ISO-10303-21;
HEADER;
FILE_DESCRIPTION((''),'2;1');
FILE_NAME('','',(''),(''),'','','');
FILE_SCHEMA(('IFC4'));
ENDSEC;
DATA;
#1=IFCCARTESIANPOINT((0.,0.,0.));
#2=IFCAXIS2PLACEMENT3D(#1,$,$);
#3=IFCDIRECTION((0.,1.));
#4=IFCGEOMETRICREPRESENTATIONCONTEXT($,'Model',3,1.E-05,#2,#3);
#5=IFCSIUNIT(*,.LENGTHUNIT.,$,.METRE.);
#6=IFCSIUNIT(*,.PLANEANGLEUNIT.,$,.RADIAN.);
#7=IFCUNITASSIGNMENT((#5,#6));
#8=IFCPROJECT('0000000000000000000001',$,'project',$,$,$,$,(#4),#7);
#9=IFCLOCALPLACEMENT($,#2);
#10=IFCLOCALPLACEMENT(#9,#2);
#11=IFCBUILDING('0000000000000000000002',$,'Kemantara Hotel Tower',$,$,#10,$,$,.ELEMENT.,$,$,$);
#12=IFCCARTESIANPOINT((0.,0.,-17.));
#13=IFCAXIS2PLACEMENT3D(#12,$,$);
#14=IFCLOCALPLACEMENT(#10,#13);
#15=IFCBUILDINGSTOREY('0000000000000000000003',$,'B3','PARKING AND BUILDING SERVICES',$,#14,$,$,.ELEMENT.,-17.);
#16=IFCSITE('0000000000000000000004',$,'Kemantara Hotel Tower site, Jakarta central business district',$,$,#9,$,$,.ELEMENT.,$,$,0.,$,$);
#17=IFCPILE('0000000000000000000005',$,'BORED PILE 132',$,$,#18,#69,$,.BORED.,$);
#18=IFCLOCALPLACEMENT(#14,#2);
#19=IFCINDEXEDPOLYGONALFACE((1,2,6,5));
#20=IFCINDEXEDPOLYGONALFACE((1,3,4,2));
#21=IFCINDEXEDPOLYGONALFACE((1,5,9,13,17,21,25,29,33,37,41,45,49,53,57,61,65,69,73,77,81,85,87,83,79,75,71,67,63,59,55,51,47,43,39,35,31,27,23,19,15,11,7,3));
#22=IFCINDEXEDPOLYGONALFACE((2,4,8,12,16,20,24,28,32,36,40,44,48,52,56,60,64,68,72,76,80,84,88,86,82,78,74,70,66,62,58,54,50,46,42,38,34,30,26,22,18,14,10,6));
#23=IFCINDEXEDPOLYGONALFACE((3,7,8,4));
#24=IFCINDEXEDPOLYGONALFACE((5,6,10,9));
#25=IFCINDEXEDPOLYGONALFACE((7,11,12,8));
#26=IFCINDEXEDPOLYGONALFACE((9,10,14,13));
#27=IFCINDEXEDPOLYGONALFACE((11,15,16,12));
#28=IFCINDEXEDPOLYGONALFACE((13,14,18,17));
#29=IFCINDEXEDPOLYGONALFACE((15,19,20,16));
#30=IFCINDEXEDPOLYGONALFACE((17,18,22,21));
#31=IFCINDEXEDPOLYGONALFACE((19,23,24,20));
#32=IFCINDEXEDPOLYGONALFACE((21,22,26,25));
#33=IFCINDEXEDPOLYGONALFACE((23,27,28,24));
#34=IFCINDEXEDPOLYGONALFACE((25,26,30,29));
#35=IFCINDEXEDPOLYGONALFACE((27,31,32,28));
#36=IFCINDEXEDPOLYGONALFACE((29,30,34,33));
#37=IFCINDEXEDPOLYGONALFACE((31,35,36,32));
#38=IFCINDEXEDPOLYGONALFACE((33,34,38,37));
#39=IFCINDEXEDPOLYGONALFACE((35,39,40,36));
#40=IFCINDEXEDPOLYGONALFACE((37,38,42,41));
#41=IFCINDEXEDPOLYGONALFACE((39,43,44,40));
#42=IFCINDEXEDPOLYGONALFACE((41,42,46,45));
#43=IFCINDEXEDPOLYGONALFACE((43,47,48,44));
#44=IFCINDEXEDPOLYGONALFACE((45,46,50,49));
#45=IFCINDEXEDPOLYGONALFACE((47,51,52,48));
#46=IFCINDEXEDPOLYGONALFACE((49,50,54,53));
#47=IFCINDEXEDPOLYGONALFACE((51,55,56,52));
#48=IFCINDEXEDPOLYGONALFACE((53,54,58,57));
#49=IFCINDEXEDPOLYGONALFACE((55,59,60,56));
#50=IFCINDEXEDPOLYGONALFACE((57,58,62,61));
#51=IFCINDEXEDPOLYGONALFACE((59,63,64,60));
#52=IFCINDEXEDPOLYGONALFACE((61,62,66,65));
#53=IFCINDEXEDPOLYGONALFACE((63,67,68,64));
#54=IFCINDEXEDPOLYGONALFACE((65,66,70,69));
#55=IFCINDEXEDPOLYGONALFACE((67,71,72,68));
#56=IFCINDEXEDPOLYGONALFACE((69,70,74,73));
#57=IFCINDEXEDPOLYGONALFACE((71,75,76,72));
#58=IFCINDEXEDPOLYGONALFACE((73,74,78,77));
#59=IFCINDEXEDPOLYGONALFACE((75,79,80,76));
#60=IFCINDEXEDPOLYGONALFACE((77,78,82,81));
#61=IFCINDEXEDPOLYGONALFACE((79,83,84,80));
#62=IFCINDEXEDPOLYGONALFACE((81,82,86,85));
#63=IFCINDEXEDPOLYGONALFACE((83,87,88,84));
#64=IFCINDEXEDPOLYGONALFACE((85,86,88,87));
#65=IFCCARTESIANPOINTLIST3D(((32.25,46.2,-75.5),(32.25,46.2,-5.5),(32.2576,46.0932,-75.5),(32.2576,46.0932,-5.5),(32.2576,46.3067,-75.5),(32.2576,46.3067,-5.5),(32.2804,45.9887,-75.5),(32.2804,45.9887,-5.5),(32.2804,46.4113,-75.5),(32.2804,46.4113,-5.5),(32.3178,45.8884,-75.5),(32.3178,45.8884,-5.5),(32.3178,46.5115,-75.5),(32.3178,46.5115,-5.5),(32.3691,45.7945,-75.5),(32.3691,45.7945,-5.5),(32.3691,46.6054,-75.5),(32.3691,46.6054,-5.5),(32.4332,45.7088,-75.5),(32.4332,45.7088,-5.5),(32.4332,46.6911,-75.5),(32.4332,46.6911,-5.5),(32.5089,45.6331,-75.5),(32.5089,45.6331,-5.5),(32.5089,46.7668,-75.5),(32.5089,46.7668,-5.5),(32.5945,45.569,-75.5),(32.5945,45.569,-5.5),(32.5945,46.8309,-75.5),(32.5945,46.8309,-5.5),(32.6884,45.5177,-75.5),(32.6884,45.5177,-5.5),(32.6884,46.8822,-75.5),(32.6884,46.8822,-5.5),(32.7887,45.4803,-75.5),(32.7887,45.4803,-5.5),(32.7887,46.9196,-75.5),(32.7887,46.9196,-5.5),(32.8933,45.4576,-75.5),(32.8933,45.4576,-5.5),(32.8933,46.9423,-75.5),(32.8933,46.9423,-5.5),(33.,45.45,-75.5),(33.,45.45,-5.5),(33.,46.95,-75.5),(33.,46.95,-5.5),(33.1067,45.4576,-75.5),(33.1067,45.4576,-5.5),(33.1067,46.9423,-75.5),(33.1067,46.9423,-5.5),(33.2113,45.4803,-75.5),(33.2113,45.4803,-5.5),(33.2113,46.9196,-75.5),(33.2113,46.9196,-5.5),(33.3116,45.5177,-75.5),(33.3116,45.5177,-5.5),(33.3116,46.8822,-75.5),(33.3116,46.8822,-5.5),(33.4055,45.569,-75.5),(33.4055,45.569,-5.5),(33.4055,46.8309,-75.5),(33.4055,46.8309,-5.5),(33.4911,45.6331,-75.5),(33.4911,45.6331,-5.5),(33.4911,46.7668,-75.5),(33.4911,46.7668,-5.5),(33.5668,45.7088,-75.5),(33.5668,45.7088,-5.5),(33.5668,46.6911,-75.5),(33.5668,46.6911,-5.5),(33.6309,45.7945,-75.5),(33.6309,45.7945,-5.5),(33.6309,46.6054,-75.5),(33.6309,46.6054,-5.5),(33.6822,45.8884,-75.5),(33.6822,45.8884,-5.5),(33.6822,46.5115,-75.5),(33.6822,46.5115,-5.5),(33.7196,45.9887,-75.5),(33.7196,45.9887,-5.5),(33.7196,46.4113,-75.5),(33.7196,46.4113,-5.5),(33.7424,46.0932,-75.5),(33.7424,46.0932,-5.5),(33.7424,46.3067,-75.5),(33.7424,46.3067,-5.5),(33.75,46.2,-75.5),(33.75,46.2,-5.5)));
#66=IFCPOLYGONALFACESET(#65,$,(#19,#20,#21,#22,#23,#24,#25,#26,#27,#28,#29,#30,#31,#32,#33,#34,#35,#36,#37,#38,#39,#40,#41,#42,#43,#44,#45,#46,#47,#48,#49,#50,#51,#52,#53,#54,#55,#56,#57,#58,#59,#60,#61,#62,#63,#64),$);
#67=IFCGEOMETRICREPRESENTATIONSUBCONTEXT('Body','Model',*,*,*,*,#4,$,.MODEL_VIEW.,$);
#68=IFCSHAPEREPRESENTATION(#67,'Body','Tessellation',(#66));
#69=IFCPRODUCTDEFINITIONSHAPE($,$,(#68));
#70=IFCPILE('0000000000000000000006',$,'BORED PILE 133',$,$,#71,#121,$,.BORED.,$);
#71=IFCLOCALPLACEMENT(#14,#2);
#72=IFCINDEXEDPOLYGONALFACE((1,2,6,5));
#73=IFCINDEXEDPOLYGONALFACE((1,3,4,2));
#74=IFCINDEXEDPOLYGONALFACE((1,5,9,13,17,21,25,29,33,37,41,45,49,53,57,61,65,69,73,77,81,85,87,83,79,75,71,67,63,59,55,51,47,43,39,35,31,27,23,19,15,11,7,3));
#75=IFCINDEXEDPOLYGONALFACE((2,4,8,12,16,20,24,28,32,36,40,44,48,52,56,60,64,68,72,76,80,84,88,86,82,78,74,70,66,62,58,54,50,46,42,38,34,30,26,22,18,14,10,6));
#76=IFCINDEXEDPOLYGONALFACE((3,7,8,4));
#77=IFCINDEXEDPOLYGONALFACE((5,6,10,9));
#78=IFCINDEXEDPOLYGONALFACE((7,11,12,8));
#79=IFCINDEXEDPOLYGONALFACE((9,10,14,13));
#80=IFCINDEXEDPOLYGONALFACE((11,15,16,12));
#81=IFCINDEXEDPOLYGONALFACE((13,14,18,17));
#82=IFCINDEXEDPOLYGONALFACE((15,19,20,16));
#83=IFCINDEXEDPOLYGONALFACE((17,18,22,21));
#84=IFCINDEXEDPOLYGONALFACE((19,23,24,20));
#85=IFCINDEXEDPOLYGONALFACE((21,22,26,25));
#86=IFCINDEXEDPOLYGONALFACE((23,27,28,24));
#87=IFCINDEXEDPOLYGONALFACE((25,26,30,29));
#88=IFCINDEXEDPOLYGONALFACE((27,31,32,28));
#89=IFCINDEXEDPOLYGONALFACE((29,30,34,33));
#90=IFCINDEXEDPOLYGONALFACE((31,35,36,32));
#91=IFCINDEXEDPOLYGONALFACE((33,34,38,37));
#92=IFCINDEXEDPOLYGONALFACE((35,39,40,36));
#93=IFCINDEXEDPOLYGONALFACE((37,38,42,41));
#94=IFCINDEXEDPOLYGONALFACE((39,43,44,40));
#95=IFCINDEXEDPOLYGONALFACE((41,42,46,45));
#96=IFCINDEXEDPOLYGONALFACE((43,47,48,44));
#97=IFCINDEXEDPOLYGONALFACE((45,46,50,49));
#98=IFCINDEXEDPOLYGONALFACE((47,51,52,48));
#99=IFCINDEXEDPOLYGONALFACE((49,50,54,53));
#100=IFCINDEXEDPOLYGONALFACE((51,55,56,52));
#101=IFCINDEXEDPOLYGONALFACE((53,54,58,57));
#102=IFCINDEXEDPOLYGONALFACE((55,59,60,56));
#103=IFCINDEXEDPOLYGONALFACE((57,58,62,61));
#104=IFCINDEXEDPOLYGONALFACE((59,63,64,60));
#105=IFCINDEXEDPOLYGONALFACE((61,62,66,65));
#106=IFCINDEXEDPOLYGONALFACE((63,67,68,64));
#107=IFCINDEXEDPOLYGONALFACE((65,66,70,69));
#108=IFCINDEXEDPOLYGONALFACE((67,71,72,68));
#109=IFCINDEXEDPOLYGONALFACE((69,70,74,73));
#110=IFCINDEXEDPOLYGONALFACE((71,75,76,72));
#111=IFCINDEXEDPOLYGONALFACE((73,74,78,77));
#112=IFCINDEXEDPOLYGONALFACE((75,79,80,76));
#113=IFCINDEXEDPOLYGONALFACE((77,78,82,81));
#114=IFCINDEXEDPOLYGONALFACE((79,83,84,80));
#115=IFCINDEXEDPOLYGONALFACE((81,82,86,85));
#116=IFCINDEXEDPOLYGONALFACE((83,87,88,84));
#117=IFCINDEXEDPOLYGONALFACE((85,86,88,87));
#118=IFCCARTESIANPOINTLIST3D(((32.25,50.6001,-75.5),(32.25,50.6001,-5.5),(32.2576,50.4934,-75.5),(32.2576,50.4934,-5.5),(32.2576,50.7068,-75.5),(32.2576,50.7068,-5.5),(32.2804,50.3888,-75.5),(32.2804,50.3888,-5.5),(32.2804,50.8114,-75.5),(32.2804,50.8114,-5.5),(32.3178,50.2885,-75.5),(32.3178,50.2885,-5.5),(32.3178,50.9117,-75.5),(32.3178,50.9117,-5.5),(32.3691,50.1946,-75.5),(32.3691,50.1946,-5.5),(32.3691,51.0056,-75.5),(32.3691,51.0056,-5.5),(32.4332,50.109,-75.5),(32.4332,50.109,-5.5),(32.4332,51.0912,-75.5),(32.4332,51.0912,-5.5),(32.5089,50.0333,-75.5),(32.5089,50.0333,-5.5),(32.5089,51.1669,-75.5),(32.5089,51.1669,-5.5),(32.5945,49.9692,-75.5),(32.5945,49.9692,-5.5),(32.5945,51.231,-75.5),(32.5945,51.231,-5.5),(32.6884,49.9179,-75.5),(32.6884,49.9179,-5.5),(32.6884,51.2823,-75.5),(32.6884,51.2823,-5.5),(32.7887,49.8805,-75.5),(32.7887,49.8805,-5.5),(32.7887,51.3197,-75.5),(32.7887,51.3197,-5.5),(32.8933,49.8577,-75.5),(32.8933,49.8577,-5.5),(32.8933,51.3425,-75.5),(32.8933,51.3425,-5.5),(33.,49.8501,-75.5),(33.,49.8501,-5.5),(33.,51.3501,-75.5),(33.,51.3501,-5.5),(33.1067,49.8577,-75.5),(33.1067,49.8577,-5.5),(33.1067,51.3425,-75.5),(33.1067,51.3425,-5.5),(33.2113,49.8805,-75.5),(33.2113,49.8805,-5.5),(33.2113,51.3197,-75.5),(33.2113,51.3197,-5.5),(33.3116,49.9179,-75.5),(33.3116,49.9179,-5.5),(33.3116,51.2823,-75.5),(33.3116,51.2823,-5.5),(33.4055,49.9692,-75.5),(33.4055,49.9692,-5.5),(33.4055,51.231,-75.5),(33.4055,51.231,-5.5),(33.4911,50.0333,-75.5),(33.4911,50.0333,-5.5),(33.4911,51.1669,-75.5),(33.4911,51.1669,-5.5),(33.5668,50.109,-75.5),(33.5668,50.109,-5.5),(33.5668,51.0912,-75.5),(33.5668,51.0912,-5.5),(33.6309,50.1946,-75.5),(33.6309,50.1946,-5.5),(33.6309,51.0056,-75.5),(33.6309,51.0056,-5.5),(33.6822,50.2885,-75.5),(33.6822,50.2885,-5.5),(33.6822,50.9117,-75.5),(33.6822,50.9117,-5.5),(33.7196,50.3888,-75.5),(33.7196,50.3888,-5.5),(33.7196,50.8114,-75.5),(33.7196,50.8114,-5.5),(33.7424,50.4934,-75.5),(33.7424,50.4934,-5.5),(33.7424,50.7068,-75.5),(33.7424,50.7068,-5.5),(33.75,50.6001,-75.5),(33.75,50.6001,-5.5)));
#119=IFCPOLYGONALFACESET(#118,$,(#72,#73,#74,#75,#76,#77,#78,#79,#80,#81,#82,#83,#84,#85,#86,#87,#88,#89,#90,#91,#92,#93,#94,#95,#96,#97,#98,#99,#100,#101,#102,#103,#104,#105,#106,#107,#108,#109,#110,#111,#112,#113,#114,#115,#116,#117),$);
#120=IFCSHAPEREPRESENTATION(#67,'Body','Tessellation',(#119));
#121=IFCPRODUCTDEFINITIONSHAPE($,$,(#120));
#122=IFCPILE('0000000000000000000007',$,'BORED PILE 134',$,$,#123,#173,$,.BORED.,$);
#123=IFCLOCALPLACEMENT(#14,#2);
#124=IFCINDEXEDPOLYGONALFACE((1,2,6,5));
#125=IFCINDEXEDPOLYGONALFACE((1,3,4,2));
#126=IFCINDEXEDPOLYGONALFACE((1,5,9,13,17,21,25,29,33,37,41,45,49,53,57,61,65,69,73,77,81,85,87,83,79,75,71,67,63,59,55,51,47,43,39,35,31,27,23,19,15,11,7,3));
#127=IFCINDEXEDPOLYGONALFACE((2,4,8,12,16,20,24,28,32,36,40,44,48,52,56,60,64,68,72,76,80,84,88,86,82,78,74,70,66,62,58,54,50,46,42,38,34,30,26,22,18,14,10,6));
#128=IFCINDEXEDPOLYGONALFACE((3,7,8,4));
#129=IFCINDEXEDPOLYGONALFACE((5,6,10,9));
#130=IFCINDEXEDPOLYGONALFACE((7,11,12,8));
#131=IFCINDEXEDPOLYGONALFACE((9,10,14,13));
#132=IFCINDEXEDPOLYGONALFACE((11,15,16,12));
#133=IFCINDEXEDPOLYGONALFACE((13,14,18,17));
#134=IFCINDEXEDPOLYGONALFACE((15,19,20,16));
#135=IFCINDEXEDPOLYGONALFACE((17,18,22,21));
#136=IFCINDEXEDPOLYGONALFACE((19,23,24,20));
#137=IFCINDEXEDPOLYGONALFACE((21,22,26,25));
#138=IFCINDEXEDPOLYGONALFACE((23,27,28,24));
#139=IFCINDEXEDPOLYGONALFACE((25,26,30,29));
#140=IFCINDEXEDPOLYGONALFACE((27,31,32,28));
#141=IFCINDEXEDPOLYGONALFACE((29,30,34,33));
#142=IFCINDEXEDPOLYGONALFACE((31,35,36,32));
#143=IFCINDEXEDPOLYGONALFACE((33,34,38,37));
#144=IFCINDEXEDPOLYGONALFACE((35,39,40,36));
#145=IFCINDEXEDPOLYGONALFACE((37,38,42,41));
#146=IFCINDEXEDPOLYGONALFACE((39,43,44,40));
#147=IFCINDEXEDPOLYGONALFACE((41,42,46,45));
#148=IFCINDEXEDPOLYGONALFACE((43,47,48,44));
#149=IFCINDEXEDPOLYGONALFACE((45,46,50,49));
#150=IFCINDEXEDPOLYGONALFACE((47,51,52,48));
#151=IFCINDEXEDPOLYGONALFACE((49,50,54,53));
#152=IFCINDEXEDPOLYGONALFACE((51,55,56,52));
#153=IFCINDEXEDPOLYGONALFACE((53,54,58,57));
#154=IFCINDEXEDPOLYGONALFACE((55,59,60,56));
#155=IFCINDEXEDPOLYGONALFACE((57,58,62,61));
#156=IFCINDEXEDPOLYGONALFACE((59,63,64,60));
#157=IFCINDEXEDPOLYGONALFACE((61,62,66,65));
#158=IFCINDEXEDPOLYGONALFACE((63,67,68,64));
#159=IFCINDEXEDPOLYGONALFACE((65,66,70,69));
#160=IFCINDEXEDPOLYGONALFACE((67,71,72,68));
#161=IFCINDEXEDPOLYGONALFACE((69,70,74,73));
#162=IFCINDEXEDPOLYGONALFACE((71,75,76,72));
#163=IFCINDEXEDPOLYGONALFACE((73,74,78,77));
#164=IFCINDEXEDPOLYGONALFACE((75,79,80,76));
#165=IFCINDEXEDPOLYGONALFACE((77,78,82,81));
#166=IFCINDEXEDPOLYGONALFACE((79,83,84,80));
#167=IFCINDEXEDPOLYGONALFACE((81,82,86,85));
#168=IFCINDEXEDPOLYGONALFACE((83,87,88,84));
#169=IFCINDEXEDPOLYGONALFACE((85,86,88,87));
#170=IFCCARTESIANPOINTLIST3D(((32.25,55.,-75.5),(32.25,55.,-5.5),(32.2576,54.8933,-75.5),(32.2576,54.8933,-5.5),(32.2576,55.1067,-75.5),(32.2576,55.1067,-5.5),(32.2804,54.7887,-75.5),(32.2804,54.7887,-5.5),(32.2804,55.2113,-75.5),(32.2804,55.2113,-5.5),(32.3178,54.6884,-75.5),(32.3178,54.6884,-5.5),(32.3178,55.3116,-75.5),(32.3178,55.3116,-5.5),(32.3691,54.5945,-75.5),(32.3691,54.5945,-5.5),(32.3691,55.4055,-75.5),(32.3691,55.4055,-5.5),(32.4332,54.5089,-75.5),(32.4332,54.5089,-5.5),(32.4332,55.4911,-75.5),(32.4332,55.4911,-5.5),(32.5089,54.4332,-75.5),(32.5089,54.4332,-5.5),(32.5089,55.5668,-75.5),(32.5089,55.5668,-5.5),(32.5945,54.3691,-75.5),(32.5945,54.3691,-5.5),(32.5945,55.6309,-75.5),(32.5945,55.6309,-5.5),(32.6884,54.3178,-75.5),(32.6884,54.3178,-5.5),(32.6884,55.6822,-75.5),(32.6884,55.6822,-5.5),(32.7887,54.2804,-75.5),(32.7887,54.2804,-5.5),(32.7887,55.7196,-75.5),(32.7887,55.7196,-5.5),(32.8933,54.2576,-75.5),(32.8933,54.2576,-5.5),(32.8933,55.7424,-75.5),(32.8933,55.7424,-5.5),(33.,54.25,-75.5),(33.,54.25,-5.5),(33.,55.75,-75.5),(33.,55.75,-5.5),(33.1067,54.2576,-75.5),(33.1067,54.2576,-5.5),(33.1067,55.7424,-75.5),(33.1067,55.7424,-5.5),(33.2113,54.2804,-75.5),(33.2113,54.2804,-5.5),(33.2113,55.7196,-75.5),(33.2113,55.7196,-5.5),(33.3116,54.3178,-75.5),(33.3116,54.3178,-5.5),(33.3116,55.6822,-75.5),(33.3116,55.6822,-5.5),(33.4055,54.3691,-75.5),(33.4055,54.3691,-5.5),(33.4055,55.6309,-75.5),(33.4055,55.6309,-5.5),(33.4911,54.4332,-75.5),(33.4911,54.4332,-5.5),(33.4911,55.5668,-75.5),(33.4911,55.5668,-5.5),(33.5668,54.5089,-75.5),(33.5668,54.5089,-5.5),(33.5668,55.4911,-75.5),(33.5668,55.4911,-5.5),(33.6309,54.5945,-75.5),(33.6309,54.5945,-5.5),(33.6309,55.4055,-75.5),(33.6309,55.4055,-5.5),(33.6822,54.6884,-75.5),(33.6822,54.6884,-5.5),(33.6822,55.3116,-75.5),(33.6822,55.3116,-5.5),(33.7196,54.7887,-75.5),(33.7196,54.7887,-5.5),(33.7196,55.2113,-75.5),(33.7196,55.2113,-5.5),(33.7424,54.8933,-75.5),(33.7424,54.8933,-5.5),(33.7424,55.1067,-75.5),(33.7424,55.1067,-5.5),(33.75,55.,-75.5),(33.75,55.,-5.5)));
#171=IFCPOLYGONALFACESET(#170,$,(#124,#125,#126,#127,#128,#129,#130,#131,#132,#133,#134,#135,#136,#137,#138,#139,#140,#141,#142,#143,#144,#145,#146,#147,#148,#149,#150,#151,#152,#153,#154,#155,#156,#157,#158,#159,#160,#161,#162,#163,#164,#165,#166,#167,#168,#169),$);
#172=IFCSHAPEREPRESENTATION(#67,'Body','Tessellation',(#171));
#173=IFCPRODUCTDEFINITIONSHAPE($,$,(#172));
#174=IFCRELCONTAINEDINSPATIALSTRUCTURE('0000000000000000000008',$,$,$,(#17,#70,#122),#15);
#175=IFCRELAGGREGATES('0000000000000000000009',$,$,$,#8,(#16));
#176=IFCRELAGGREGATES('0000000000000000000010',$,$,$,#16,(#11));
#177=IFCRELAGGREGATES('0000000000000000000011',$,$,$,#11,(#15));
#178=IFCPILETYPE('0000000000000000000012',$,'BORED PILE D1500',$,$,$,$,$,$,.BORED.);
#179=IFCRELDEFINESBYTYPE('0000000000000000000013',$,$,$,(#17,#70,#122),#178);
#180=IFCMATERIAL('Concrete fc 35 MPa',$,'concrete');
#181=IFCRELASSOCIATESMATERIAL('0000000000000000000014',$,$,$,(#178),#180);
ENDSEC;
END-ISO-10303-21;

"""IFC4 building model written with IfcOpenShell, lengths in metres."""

from ifc_helpers import new_model, si_unit, direction, frame, origin, origin_2d, place, context, subcontext, project, spatial, circle, extrude, material, material_profile, profile_set, type_object, element, save


model = new_model("IFC4")

# Units and contexts
model_context = context("Model", 3, precision=1e-05, world=origin(), true_north=direction((0.0, 1.0)))
body_context = subcontext(model_context, "Body", "Model", "MODEL_VIEW")
ifc_project = project(units=[si_unit("LENGTHUNIT", "METRE"), si_unit("PLANEANGLEUNIT", "RADIAN")], contexts=[model_context])

# Site, building, storey
site_placement = place(None, origin())
site = spatial("IfcSite", under=ifc_project, at=site_placement, Name="Kemantara Hotel Tower site, Jakarta central business district", CompositionType="ELEMENT", RefElevation=0.0)
building_placement = place(site_placement, origin())
building = spatial("IfcBuilding", under=site, at=building_placement, Name="Kemantara Hotel Tower", CompositionType="ELEMENT")
storey_placement = place(building_placement, frame((0.0, 0.0, -17.0)))
storey = spatial("IfcBuildingStorey", under=building, at=storey_placement, Name="B3", Description="PARKING AND BUILDING SERVICES", CompositionType="ELEMENT", Elevation=-17.0)

# Piles
ifc_material_1 = material(Name="Concrete fc 35 MPa", Category="concrete")
ifc_material_profile_1 = material_profile(ifc_material_1, circle(Radius=0.75, at=origin_2d()), Name="BORED PILE D1500")
ifc_profile_set_1 = profile_set([ifc_material_profile_1], Name="Concrete fc 35 MPa")
pile_type = type_object("IfcPileType", Name="BORED PILE D1500", PredefinedType="BORED", material=ifc_profile_set_1)
for number, where, z_axis, x_axis, name in (
    (1, (33.0, 46.2, -5.5), (0.0, 0.0, -1.0), (1.0, 0.0, 0.0), "BORED PILE 132"),
    (2, (33.0, 50.6001, -5.5), (0.0, 0.0, -1.0), (1.0, 0.0, 0.0), "BORED PILE 133"),
    (3, (33.0, 55.0, -5.5), (0.0, 0.0, -1.0), (1.0, 0.0, 0.0), "BORED PILE 134"),
):
    element("IfcPile", number, at=place(storey_placement, frame(where, z_axis=z_axis, x_axis=x_axis)), inside=storey, type_object=pile_type, Name=name, PredefinedType="BORED", context=body_context, shape_type="SweptSolid", body=[
        extrude(circle(Radius=0.75, at=origin_2d()), origin(), (0.0, 0.0, 1.0), 70.0),
    ])

save(model, "model.ifc")
